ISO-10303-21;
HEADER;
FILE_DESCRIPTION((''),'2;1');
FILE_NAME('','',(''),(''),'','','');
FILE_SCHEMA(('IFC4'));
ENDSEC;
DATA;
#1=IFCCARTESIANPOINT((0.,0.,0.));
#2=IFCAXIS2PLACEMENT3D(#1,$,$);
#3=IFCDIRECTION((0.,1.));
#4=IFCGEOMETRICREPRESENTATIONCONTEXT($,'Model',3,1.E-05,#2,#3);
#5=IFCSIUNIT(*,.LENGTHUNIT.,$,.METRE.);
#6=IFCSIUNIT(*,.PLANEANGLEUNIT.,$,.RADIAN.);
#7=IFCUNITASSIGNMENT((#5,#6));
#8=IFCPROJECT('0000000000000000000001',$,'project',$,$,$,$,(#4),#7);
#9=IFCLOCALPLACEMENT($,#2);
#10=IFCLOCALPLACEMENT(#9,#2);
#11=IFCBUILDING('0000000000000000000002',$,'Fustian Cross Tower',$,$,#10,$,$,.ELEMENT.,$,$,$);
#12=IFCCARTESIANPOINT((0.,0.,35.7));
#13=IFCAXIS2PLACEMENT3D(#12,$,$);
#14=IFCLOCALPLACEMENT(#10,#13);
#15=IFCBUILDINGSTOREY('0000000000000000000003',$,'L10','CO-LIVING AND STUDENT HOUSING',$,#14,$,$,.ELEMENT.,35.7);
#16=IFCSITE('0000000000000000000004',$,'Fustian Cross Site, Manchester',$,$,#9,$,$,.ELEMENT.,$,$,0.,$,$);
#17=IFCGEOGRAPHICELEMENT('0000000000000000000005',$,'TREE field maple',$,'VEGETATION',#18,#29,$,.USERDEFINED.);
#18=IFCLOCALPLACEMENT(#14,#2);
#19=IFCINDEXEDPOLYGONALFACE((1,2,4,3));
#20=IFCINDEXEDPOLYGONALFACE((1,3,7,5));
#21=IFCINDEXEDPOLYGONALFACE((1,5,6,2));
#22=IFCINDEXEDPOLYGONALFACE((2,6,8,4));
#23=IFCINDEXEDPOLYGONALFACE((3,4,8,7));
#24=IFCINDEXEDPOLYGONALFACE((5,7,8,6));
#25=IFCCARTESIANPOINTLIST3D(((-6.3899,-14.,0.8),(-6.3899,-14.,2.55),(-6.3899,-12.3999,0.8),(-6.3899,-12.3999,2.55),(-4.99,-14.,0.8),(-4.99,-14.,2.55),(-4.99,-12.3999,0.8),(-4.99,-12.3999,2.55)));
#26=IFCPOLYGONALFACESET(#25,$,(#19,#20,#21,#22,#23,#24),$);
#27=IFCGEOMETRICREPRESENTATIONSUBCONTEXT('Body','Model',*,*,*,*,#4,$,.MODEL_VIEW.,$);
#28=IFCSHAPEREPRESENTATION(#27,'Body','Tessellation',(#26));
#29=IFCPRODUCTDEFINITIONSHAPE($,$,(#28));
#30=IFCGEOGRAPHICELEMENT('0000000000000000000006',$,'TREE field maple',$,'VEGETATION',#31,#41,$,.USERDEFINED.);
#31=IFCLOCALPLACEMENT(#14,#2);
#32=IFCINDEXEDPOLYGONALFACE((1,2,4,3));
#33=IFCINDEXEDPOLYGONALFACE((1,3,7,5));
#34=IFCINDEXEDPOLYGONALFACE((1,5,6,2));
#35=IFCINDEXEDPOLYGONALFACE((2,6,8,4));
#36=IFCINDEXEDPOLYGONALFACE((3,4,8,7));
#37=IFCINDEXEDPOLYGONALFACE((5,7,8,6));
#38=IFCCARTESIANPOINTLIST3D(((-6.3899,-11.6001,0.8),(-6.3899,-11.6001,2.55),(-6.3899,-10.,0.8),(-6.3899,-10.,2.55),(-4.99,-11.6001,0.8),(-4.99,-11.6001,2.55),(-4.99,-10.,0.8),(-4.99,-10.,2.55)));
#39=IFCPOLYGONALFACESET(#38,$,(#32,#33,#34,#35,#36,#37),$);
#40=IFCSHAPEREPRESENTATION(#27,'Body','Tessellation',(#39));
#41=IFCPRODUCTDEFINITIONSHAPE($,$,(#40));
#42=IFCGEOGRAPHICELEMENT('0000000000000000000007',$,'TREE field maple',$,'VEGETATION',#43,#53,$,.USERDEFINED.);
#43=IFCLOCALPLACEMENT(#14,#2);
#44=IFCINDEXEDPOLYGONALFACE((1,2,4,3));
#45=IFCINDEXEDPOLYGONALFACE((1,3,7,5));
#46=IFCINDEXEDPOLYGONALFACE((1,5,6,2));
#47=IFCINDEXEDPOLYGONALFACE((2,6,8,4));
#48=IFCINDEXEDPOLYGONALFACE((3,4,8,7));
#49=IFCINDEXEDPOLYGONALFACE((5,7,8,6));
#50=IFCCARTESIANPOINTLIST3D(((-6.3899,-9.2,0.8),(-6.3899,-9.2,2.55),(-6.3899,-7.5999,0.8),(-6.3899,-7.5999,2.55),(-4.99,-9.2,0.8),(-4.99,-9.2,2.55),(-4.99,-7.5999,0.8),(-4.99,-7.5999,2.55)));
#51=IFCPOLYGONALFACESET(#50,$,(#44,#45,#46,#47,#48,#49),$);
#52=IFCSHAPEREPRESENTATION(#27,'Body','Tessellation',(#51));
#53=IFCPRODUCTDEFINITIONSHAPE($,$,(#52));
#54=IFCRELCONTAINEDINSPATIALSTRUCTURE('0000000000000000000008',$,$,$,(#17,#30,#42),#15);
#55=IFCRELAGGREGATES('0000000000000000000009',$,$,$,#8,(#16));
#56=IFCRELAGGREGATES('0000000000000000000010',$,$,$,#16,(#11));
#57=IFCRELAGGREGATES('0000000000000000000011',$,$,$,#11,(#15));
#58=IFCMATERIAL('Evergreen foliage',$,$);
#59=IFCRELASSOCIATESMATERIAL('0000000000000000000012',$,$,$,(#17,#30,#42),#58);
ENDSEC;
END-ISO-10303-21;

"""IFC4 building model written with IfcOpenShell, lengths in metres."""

from ifc_helpers import new_model, si_unit, direction, frame, origin, origin_2d, place, context, subcontext, project, spatial, rectangle, extrude, material, element, save


model = new_model("IFC4")

# Units and contexts
model_context = context("Model", 3, precision=1e-05, world=origin(), true_north=direction((0.0, 1.0)))
body_context = subcontext(model_context, "Body", "Model", "MODEL_VIEW")
ifc_project = project(units=[si_unit("LENGTHUNIT", "METRE"), si_unit("PLANEANGLEUNIT", "RADIAN")], contexts=[model_context])

# Site, building, storey
site_placement = place(None, origin())
site = spatial("IfcSite", under=ifc_project, at=site_placement, Name="Fustian Cross Site, Manchester", CompositionType="ELEMENT", RefElevation=0.0)
building_placement = place(site_placement, origin())
building = spatial("IfcBuilding", under=site, at=building_placement, Name="Fustian Cross Tower", CompositionType="ELEMENT")
storey_placement = place(building_placement, frame((0.0, 0.0, 35.7)))
storey = spatial("IfcBuildingStorey", under=building, at=storey_placement, Name="L10", Description="CO-LIVING AND STUDENT HOUSING", CompositionType="ELEMENT", Elevation=35.7)

# Geographic elements
ifc_material_1 = material(Name="Evergreen foliage")
for number, where, z_axis, x_axis, name in (
    (1, (-5.6899, -13.2, 0.8), (0.0, 0.0, 1.0), (1.0, 0.0, 0.0), "TREE field maple"),
    (2, (-5.6899, -10.8, 0.8), (0.0, 0.0, 1.0), (1.0, 0.0, 0.0), "TREE field maple"),
    (3, (-5.6899, -8.3999, 0.8), (0.0, 0.0, 1.0), (1.0, 0.0, 0.0), "TREE field maple"),
):
    element("IfcGeographicElement", number, at=place(storey_placement, frame(where, z_axis=z_axis, x_axis=x_axis)), inside=storey, material=ifc_material_1, Name=name, ObjectType="VEGETATION", PredefinedType="USERDEFINED", context=body_context, shape_type="SweptSolid", body=[
        extrude(rectangle(XDim=1.3999, YDim=1.6001, at=origin_2d()), origin(), (0.0, 0.0, 1.0), 1.75),
    ])

save(model, "model.ifc")
